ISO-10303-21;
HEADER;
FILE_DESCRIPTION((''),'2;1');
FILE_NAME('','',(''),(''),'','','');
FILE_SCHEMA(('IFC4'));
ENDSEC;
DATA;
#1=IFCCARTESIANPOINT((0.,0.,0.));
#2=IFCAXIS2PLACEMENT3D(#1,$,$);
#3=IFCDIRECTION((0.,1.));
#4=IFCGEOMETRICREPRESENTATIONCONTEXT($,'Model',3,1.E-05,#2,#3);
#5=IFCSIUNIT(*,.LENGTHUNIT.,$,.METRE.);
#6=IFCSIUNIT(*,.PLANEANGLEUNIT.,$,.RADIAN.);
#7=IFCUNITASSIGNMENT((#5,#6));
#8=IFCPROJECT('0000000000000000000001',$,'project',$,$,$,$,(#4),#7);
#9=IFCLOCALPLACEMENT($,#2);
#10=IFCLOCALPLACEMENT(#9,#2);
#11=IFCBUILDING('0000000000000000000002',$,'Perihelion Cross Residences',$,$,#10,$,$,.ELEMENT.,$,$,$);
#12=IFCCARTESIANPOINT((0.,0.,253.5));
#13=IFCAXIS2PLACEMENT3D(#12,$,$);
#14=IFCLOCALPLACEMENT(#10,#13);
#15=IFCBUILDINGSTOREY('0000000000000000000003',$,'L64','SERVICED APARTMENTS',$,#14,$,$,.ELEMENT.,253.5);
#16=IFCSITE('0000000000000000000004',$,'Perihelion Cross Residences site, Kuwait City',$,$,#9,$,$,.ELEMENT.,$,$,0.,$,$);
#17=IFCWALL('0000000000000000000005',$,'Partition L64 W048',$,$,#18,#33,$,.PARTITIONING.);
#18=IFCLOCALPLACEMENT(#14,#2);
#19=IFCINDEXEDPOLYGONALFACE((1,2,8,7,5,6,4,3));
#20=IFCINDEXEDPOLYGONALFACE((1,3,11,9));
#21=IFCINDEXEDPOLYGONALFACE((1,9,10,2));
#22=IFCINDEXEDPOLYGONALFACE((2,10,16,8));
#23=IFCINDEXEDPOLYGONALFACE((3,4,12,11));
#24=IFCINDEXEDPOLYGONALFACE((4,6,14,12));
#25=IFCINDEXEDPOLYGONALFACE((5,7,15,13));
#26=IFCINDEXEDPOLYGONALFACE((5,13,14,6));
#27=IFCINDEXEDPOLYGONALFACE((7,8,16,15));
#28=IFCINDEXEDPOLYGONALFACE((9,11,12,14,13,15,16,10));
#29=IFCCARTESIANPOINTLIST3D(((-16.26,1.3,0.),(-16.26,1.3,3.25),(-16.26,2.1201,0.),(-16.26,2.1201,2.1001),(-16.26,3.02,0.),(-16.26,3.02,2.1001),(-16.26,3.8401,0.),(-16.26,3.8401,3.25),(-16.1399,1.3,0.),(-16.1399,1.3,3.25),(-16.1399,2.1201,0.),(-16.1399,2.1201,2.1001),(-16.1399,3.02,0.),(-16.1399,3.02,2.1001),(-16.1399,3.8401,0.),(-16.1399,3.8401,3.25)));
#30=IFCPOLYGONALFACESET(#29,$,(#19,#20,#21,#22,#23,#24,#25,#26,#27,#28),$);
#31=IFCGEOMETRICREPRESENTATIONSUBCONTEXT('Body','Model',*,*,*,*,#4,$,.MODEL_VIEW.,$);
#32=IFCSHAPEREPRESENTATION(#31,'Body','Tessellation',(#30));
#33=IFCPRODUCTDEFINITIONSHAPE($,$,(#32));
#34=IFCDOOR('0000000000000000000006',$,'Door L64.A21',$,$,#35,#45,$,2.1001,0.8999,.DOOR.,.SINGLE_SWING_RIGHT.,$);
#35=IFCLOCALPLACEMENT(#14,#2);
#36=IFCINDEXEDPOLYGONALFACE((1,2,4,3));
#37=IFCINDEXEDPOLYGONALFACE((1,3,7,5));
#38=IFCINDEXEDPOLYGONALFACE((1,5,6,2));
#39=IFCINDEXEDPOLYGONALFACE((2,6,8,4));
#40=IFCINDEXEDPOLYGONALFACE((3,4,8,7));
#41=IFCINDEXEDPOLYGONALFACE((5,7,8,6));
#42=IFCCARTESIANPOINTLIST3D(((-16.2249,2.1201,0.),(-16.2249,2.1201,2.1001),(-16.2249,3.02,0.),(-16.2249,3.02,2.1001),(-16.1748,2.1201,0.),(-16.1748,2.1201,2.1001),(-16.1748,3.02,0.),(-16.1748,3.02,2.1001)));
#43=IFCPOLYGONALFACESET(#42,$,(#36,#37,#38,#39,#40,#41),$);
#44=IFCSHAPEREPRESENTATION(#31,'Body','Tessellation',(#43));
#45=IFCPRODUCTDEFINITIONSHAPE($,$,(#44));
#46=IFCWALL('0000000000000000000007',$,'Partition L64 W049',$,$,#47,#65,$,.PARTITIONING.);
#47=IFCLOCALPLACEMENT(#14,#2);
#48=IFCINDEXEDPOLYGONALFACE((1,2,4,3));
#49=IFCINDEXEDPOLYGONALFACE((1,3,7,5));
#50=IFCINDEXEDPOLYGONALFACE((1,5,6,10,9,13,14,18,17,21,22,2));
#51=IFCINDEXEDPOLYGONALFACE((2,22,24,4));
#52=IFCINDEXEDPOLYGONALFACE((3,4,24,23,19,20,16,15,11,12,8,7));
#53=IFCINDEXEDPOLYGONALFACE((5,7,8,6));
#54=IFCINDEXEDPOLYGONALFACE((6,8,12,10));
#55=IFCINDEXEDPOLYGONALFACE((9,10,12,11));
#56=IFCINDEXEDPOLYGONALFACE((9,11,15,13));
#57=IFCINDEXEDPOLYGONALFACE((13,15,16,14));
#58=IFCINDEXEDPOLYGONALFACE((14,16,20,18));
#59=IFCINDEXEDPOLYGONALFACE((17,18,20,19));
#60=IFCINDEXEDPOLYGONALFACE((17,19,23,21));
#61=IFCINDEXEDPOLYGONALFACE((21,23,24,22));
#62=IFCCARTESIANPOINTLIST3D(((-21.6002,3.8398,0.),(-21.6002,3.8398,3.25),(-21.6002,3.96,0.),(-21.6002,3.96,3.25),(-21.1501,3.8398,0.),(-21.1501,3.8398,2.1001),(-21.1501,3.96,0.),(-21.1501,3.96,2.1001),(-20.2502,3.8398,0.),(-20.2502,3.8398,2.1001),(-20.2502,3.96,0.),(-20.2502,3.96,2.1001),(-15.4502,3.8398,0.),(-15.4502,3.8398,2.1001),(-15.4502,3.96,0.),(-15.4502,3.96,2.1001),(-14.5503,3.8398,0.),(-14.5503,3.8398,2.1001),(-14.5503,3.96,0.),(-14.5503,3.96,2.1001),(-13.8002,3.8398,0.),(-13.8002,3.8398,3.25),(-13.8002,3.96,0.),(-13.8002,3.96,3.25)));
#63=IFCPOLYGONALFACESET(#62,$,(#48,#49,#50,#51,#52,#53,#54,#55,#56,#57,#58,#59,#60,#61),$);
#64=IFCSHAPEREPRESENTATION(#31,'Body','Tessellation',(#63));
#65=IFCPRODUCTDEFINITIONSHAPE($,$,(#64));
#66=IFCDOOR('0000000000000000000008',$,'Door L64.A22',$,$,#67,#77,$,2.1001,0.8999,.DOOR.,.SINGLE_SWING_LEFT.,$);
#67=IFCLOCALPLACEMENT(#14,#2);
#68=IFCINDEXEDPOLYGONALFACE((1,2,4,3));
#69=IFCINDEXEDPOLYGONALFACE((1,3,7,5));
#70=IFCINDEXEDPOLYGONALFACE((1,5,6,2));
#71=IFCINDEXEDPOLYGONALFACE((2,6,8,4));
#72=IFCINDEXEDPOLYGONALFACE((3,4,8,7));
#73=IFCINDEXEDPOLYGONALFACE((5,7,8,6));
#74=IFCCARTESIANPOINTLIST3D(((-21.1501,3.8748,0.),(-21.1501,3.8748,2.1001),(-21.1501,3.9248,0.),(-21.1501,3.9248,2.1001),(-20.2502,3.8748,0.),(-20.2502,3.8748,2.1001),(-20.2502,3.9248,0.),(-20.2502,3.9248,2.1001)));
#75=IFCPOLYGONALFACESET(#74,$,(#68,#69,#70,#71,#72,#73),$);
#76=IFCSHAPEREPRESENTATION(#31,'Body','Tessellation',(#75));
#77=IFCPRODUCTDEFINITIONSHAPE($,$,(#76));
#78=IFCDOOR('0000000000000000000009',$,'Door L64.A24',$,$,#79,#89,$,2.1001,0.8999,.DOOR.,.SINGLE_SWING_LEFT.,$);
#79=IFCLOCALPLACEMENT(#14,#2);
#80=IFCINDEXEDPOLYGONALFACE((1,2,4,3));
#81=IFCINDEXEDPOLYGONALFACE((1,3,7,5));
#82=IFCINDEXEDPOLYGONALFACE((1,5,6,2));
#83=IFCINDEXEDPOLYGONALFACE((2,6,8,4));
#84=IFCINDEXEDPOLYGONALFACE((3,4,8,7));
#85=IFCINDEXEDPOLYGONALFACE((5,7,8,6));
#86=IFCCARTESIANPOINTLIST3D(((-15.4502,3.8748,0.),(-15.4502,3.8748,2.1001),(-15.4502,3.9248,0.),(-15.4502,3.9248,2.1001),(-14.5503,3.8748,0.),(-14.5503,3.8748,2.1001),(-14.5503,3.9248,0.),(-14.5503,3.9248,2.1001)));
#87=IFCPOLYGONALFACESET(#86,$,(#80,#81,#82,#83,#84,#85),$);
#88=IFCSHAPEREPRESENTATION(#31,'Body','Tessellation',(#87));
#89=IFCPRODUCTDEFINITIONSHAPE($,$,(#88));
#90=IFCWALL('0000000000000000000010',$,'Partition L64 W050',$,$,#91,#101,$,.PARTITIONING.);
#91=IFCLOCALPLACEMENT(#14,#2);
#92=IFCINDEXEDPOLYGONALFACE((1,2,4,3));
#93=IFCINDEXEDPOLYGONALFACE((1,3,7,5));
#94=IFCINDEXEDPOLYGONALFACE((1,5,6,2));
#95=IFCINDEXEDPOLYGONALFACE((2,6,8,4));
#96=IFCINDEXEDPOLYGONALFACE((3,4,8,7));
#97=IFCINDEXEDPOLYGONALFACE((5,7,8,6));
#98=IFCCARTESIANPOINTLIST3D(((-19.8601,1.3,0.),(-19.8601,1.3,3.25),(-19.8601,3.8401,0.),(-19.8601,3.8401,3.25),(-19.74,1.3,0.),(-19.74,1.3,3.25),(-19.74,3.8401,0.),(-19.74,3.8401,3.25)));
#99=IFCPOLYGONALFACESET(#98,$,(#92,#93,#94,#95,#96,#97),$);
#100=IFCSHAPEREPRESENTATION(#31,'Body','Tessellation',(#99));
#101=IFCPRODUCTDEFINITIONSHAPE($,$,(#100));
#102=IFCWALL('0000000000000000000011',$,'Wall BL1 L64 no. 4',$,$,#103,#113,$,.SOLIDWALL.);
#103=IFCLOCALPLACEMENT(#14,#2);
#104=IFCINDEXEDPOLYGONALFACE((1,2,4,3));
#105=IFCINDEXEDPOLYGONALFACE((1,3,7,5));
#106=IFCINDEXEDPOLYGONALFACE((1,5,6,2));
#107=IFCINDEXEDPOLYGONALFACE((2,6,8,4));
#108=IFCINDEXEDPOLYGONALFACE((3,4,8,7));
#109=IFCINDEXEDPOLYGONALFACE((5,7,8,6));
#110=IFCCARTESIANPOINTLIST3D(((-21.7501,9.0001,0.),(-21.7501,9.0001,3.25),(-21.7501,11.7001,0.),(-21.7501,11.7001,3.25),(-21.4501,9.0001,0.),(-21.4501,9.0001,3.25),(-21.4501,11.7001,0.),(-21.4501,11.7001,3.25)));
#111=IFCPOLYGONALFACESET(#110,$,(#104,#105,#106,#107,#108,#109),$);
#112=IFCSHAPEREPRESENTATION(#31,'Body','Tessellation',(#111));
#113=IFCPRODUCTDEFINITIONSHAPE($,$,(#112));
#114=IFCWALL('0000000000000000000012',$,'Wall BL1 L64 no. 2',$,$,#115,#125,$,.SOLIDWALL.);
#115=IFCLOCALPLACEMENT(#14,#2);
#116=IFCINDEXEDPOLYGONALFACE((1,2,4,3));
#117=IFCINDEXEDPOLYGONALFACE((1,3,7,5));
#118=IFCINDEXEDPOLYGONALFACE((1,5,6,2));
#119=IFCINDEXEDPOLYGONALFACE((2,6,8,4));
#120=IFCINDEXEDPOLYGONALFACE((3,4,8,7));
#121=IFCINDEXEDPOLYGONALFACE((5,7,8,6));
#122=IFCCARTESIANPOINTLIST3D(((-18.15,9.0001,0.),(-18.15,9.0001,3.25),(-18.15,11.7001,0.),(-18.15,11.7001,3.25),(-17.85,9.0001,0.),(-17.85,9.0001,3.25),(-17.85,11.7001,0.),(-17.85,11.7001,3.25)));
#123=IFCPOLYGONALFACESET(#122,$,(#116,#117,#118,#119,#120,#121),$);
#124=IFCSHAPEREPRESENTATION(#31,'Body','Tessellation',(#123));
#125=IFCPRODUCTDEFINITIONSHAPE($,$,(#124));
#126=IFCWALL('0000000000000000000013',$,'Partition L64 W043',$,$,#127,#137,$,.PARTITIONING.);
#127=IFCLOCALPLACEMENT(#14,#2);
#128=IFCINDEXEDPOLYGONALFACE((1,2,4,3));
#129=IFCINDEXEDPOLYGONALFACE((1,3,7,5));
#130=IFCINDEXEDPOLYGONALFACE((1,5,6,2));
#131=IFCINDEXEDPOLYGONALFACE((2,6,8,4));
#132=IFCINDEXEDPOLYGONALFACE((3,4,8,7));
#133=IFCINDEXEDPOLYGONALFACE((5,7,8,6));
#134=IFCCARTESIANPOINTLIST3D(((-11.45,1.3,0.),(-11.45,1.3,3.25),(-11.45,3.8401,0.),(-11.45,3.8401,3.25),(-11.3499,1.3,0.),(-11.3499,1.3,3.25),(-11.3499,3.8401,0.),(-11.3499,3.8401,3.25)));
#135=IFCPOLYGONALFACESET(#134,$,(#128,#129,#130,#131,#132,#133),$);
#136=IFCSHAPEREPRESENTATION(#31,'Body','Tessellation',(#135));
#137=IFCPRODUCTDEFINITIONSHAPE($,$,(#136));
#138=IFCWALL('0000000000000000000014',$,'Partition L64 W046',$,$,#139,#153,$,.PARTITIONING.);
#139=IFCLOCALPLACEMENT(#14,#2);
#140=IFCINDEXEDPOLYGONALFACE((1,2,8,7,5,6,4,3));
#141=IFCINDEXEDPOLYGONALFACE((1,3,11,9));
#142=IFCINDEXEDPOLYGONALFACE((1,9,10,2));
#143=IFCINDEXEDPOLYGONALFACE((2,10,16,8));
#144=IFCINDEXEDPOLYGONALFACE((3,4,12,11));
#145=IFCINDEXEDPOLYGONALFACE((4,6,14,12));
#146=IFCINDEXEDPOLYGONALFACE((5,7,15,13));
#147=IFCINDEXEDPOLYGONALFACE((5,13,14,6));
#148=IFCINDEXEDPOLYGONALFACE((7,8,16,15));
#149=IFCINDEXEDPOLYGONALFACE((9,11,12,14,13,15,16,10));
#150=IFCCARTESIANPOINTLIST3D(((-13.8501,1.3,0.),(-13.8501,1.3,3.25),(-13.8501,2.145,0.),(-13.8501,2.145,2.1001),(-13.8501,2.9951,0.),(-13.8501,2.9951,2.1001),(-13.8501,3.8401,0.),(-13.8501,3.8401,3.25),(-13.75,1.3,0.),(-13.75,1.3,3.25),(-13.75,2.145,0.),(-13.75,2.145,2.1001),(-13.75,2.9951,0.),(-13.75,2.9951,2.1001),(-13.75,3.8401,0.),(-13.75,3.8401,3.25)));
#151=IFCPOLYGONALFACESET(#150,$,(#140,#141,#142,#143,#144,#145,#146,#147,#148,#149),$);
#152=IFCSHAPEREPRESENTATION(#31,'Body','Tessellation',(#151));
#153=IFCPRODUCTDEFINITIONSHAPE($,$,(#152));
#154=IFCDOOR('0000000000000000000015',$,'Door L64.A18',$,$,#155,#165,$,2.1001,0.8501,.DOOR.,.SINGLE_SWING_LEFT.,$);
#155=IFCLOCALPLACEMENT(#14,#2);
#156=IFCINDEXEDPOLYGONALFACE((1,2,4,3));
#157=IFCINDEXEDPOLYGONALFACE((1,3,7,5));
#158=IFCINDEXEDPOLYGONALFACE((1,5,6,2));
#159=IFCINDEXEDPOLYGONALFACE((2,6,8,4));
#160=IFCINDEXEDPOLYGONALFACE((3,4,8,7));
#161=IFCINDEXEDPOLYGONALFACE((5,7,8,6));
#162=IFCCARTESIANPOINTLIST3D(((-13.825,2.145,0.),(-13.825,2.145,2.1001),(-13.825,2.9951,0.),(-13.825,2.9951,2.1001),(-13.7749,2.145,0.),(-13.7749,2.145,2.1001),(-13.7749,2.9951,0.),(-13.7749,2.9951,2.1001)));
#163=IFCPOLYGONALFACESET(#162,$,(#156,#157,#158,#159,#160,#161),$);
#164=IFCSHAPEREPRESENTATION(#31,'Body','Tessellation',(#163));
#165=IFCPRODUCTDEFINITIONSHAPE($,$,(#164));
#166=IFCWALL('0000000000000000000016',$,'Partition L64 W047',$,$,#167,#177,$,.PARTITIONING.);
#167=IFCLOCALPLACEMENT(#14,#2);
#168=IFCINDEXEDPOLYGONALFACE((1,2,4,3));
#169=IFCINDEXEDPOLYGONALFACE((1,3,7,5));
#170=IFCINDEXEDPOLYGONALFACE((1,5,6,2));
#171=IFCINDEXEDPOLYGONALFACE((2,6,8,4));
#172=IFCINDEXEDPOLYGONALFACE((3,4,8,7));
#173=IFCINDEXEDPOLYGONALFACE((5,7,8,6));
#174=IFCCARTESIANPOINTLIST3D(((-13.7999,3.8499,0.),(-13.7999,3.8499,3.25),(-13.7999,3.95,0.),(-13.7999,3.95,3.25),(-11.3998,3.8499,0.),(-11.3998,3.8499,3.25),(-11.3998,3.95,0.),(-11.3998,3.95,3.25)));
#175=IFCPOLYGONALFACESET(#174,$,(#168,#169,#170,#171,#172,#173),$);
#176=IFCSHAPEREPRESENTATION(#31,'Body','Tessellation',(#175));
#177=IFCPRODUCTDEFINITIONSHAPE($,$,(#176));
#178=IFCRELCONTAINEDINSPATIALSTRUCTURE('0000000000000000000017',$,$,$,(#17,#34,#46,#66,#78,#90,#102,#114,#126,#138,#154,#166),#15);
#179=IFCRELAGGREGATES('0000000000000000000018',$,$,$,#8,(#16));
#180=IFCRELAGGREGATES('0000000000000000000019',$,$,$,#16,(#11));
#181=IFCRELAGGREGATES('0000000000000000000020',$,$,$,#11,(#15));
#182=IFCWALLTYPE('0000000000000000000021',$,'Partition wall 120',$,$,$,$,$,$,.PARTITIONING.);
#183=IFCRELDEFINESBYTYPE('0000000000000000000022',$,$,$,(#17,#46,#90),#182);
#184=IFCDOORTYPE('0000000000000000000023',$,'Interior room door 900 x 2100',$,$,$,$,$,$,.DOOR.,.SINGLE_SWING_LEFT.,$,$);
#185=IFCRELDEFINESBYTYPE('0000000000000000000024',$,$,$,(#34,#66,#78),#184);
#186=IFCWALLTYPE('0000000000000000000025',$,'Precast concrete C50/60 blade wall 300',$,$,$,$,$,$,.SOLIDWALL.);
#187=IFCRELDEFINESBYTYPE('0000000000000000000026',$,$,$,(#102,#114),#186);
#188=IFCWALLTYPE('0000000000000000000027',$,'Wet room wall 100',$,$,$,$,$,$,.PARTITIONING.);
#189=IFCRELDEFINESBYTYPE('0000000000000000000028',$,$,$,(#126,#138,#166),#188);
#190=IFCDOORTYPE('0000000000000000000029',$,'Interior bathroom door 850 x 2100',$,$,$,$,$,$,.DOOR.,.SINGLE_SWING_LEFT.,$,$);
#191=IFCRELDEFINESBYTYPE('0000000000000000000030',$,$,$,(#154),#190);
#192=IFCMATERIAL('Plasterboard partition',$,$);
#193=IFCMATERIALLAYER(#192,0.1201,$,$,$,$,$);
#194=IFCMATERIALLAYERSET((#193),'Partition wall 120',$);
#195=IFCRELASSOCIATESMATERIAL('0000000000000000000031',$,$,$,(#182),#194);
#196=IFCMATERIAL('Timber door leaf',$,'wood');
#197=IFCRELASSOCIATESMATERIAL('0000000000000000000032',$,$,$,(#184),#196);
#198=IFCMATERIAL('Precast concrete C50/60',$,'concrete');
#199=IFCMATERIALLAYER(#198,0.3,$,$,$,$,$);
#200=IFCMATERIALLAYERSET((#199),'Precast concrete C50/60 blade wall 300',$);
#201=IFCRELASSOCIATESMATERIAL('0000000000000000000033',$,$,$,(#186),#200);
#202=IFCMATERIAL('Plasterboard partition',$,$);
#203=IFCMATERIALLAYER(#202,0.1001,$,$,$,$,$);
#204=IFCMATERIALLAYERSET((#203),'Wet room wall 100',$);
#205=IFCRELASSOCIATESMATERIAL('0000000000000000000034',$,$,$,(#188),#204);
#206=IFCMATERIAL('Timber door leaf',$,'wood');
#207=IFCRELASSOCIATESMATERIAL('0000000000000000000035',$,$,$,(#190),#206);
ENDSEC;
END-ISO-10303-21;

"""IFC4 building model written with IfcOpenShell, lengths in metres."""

from ifc_helpers import new_model, si_unit, direction, frame, frame_2d, origin, place, context, subcontext, project, spatial, rectangle, extrude, material, layer, layer_set, type_object, element, fill, save


model = new_model("IFC4")

# Units and contexts
model_context = context("Model", 3, precision=1e-05, world=origin(), true_north=direction((0.0, 1.0)))
body_context = subcontext(model_context, "Body", "Model", "MODEL_VIEW")
ifc_project = project(units=[si_unit("LENGTHUNIT", "METRE"), si_unit("PLANEANGLEUNIT", "RADIAN")], contexts=[model_context])

# Site, building, storey
site_placement = place(None, origin())
site = spatial("IfcSite", under=ifc_project, at=site_placement, Name="Perihelion Cross Residences site, Kuwait City", CompositionType="ELEMENT", RefElevation=0.0)
building_placement = place(site_placement, origin())
building = spatial("IfcBuilding", under=site, at=building_placement, Name="Perihelion Cross Residences", CompositionType="ELEMENT")
storey_placement = place(building_placement, frame((0.0, 0.0, 253.5)))
storey = spatial("IfcBuildingStorey", under=building, at=storey_placement, Name="L64", Description="SERVICED APARTMENTS", CompositionType="ELEMENT", Elevation=253.5)

# Wall, opening, door
ifc_material_1 = material(Name="Plasterboard partition")
ifc_layer_1 = layer(ifc_material_1, 0.1201)
ifc_layer_set_1 = layer_set([ifc_layer_1], Name="Partition wall 120")
wall_type_1 = type_object("IfcWallType", Name="Partition wall 120", PredefinedType="PARTITIONING", material=ifc_layer_set_1)
ifc_material_2 = material(Name="Timber door leaf", Category="wood")
door_type_1 = type_object("IfcDoorType", Name="Interior room door 900 x 2100", OperationType="SINGLE_SWING_LEFT", PredefinedType="DOOR", material=ifc_material_2)
wall_1_placement = place(storey_placement, frame((-16.2, 1.3, 0.0), z_axis=(0.0, 0.0, 1.0), x_axis=(0.0, 1.0, 0.0)))
wall_1 = element("IfcWall", 1, at=wall_1_placement, inside=storey, type_object=wall_type_1, Name="Partition L64 W048", PredefinedType="PARTITIONING", context=body_context, shape_type="SweptSolid", body=[
    extrude(rectangle(XDim=2.54, YDim=0.1201, at=frame_2d((1.27, 0.0))), origin(), (0.0, 0.0, 1.0), 3.25),
])
opening_1_placement = place(wall_1_placement, frame((0.8201, 0.0, 0.0)))
opening_1 = element("IfcOpeningElement", 2, at=opening_1_placement, cuts=wall_1, PredefinedType="OPENING", context=body_context, shape_type="SweptSolid", body=[
    extrude(rectangle(XDim=0.8999, YDim=2.1001, at=frame_2d((0.45, 1.05))), frame((0.0, 0.0701, 0.0), z_axis=(0.0, -1.0, 0.0), x_axis=(1.0, 0.0, 0.0)), (0.0, 0.0, 1.0), 0.1401),
])
door_1_placement = place(opening_1_placement, origin())
door_1 = element("IfcDoor", 3, at=door_1_placement, inside=storey, type_object=door_type_1, Name="Door L64.A21", OperationType="SINGLE_SWING_RIGHT", OverallHeight=2.1001, OverallWidth=0.8999, PredefinedType="DOOR", context=body_context, shape_type="SweptSolid", body=[
    extrude(rectangle(XDim=0.8999, YDim=2.1001, at=frame_2d((0.45, 1.05))), frame((0.0, 0.0249, 0.0), z_axis=(0.0, -1.0, 0.0), x_axis=(1.0, 0.0, 0.0)), (0.0, 0.0, 1.0), 0.05),
])
fill(opening_1, door_1)

# Wall, openings, doors
wall_2_placement = place(storey_placement, frame((-21.6001, 3.8999, 0.0), z_axis=(0.0, 0.0, 1.0), x_axis=(1.0, 0.0, 0.0)))
wall_2 = element("IfcWall", 4, at=wall_2_placement, inside=storey, type_object=wall_type_1, Name="Partition L64 W049", PredefinedType="PARTITIONING", context=body_context, shape_type="SweptSolid", body=[
    extrude(rectangle(XDim=7.8, YDim=0.1201, at=frame_2d((3.8999, 0.0))), origin(), (0.0, 0.0, 1.0), 3.25),
])
opening_2_placement = place(wall_2_placement, frame((0.45, 0.0, 0.0)))
opening_2 = element("IfcOpeningElement", 5, at=opening_2_placement, cuts=wall_2, PredefinedType="OPENING", context=body_context, shape_type="SweptSolid", body=[
    extrude(rectangle(XDim=0.8999, YDim=2.1001, at=frame_2d((0.45, 1.05))), frame((0.0, 0.0701, 0.0), z_axis=(0.0, -1.0, 0.0), x_axis=(1.0, 0.0, 0.0)), (0.0, 0.0, 1.0), 0.1401),
])
opening_3_placement = place(wall_2_placement, frame((6.1499, 0.0, 0.0)))
opening_3 = element("IfcOpeningElement", 6, at=opening_3_placement, cuts=wall_2, PredefinedType="OPENING", context=body_context, shape_type="SweptSolid", body=[
    extrude(rectangle(XDim=0.8999, YDim=2.1001, at=frame_2d((0.45, 1.05))), frame((0.0, 0.0701, 0.0), z_axis=(0.0, -1.0, 0.0), x_axis=(1.0, 0.0, 0.0)), (0.0, 0.0, 1.0), 0.1401),
])
door_2_placement = place(opening_2_placement, origin())
door_2 = element("IfcDoor", 7, at=door_2_placement, inside=storey, type_object=door_type_1, Name="Door L64.A22", OperationType="SINGLE_SWING_LEFT", OverallHeight=2.1001, OverallWidth=0.8999, PredefinedType="DOOR", context=body_context, shape_type="SweptSolid", body=[
    extrude(rectangle(XDim=0.8999, YDim=2.1001, at=frame_2d((0.45, 1.05))), frame((0.0, 0.0249, 0.0), z_axis=(0.0, -1.0, 0.0), x_axis=(1.0, 0.0, 0.0)), (0.0, 0.0, 1.0), 0.05),
])
fill(opening_2, door_2)
door_3_placement = place(opening_3_placement, origin())
door_3 = element("IfcDoor", 8, at=door_3_placement, inside=storey, type_object=door_type_1, Name="Door L64.A24", OperationType="SINGLE_SWING_LEFT", OverallHeight=2.1001, OverallWidth=0.8999, PredefinedType="DOOR", context=body_context, shape_type="SweptSolid", body=[
    extrude(rectangle(XDim=0.8999, YDim=2.1001, at=frame_2d((0.45, 1.05))), frame((0.0, 0.0249, 0.0), z_axis=(0.0, -1.0, 0.0), x_axis=(1.0, 0.0, 0.0)), (0.0, 0.0, 1.0), 0.05),
])
fill(opening_3, door_3)

# Walls
wall_3_placement = place(storey_placement, frame((-19.8, 1.3, 0.0), z_axis=(0.0, 0.0, 1.0), x_axis=(0.0, 1.0, 0.0)))
element("IfcWall", 9, at=wall_3_placement, inside=storey, type_object=wall_type_1, Name="Partition L64 W050", PredefinedType="PARTITIONING", context=body_context, shape_type="SweptSolid", body=[
    extrude(rectangle(XDim=2.54, YDim=0.1201, at=frame_2d((1.27, 0.0))), origin(), (0.0, 0.0, 1.0), 3.25),
])
ifc_material_3 = material(Name="Precast concrete C50/60", Category="concrete")
ifc_layer_2 = layer(ifc_material_3, 0.3)
ifc_layer_set_2 = layer_set([ifc_layer_2], Name="Precast concrete C50/60 blade wall 300")
wall_type_2 = type_object("IfcWallType", Name="Precast concrete C50/60 blade wall 300", PredefinedType="SOLIDWALL", material=ifc_layer_set_2)
for number, where, z_axis, x_axis, name in (
    (10, (-21.6001, 9.0, 0.0), (0.0, 0.0, 1.0), (0.0, 1.0, 0.0), "Wall BL1 L64 no. 4"),
    (11, (-18.0, 9.0, 0.0), (0.0, 0.0, 1.0), (0.0, 1.0, 0.0), "Wall BL1 L64 no. 2"),
):
    element("IfcWall", number, at=place(storey_placement, frame(where, z_axis=z_axis, x_axis=x_axis)), inside=storey, type_object=wall_type_2, Name=name, PredefinedType="SOLIDWALL", context=body_context, shape_type="SweptSolid", body=[
        extrude(rectangle(XDim=2.7, YDim=0.3, at=frame_2d((1.3501, 0.0))), origin(), (0.0, 0.0, 1.0), 3.25),
    ])
ifc_material_4 = material(Name="Plasterboard partition")
ifc_layer_3 = layer(ifc_material_4, 0.1001)
ifc_layer_set_3 = layer_set([ifc_layer_3], Name="Wet room wall 100")
wall_type_3 = type_object("IfcWallType", Name="Wet room wall 100", PredefinedType="PARTITIONING", material=ifc_layer_set_3)
wall_4_placement = place(storey_placement, frame((-11.3999, 1.3, 0.0), z_axis=(0.0, 0.0, 1.0), x_axis=(0.0, 1.0, 0.0)))
element("IfcWall", 12, at=wall_4_placement, inside=storey, type_object=wall_type_3, Name="Partition L64 W043", PredefinedType="PARTITIONING", context=body_context, shape_type="SweptSolid", body=[
    extrude(rectangle(XDim=2.54, YDim=0.1001, at=frame_2d((1.27, 0.0))), origin(), (0.0, 0.0, 1.0), 3.25),
])

# Wall, opening, door
wall_5_placement = place(storey_placement, frame((-13.8, 1.3, 0.0), z_axis=(0.0, 0.0, 1.0), x_axis=(0.0, 1.0, 0.0)))
wall_5 = element("IfcWall", 13, at=wall_5_placement, inside=storey, type_object=wall_type_3, Name="Partition L64 W046", PredefinedType="PARTITIONING", context=body_context, shape_type="SweptSolid", body=[
    extrude(rectangle(XDim=2.54, YDim=0.1001, at=frame_2d((1.27, 0.0))), origin(), (0.0, 0.0, 1.0), 3.25),
])
opening_4_placement = place(wall_5_placement, frame((0.845, 0.0, 0.0)))
opening_4 = element("IfcOpeningElement", 14, at=opening_4_placement, cuts=wall_5, PredefinedType="OPENING", context=body_context, shape_type="SweptSolid", body=[
    extrude(rectangle(XDim=0.8501, YDim=2.1001, at=frame_2d((0.425, 1.05))), frame((0.0, 0.0601, 0.0), z_axis=(0.0, -1.0, 0.0), x_axis=(1.0, 0.0, 0.0)), (0.0, 0.0, 1.0), 0.1201),
])
ifc_material_5 = material(Name="Timber door leaf", Category="wood")
door_type_2 = type_object("IfcDoorType", Name="Interior bathroom door 850 x 2100", OperationType="SINGLE_SWING_LEFT", PredefinedType="DOOR", material=ifc_material_5)
door_4_placement = place(opening_4_placement, origin())
door_4 = element("IfcDoor", 15, at=door_4_placement, inside=storey, type_object=door_type_2, Name="Door L64.A18", OperationType="SINGLE_SWING_LEFT", OverallHeight=2.1001, OverallWidth=0.8501, PredefinedType="DOOR", context=body_context, shape_type="SweptSolid", body=[
    extrude(rectangle(XDim=0.8501, YDim=2.1001, at=frame_2d((0.425, 1.05))), frame((0.0, 0.0249, 0.0), z_axis=(0.0, -1.0, 0.0), x_axis=(1.0, 0.0, 0.0)), (0.0, 0.0, 1.0), 0.05),
])
fill(opening_4, door_4)

# Wall
wall_6_placement = place(storey_placement, frame((-13.8, 3.8999, 0.0), z_axis=(0.0, 0.0, 1.0), x_axis=(1.0, 0.0, 0.0)))
element("IfcWall", 16, at=wall_6_placement, inside=storey, type_object=wall_type_3, Name="Partition L64 W047", PredefinedType="PARTITIONING", context=body_context, shape_type="SweptSolid", body=[
    extrude(rectangle(XDim=2.4001, YDim=0.1001, at=frame_2d((1.2002, 0.0))), origin(), (0.0, 0.0, 1.0), 3.25),
])

save(model, "model.ifc")
